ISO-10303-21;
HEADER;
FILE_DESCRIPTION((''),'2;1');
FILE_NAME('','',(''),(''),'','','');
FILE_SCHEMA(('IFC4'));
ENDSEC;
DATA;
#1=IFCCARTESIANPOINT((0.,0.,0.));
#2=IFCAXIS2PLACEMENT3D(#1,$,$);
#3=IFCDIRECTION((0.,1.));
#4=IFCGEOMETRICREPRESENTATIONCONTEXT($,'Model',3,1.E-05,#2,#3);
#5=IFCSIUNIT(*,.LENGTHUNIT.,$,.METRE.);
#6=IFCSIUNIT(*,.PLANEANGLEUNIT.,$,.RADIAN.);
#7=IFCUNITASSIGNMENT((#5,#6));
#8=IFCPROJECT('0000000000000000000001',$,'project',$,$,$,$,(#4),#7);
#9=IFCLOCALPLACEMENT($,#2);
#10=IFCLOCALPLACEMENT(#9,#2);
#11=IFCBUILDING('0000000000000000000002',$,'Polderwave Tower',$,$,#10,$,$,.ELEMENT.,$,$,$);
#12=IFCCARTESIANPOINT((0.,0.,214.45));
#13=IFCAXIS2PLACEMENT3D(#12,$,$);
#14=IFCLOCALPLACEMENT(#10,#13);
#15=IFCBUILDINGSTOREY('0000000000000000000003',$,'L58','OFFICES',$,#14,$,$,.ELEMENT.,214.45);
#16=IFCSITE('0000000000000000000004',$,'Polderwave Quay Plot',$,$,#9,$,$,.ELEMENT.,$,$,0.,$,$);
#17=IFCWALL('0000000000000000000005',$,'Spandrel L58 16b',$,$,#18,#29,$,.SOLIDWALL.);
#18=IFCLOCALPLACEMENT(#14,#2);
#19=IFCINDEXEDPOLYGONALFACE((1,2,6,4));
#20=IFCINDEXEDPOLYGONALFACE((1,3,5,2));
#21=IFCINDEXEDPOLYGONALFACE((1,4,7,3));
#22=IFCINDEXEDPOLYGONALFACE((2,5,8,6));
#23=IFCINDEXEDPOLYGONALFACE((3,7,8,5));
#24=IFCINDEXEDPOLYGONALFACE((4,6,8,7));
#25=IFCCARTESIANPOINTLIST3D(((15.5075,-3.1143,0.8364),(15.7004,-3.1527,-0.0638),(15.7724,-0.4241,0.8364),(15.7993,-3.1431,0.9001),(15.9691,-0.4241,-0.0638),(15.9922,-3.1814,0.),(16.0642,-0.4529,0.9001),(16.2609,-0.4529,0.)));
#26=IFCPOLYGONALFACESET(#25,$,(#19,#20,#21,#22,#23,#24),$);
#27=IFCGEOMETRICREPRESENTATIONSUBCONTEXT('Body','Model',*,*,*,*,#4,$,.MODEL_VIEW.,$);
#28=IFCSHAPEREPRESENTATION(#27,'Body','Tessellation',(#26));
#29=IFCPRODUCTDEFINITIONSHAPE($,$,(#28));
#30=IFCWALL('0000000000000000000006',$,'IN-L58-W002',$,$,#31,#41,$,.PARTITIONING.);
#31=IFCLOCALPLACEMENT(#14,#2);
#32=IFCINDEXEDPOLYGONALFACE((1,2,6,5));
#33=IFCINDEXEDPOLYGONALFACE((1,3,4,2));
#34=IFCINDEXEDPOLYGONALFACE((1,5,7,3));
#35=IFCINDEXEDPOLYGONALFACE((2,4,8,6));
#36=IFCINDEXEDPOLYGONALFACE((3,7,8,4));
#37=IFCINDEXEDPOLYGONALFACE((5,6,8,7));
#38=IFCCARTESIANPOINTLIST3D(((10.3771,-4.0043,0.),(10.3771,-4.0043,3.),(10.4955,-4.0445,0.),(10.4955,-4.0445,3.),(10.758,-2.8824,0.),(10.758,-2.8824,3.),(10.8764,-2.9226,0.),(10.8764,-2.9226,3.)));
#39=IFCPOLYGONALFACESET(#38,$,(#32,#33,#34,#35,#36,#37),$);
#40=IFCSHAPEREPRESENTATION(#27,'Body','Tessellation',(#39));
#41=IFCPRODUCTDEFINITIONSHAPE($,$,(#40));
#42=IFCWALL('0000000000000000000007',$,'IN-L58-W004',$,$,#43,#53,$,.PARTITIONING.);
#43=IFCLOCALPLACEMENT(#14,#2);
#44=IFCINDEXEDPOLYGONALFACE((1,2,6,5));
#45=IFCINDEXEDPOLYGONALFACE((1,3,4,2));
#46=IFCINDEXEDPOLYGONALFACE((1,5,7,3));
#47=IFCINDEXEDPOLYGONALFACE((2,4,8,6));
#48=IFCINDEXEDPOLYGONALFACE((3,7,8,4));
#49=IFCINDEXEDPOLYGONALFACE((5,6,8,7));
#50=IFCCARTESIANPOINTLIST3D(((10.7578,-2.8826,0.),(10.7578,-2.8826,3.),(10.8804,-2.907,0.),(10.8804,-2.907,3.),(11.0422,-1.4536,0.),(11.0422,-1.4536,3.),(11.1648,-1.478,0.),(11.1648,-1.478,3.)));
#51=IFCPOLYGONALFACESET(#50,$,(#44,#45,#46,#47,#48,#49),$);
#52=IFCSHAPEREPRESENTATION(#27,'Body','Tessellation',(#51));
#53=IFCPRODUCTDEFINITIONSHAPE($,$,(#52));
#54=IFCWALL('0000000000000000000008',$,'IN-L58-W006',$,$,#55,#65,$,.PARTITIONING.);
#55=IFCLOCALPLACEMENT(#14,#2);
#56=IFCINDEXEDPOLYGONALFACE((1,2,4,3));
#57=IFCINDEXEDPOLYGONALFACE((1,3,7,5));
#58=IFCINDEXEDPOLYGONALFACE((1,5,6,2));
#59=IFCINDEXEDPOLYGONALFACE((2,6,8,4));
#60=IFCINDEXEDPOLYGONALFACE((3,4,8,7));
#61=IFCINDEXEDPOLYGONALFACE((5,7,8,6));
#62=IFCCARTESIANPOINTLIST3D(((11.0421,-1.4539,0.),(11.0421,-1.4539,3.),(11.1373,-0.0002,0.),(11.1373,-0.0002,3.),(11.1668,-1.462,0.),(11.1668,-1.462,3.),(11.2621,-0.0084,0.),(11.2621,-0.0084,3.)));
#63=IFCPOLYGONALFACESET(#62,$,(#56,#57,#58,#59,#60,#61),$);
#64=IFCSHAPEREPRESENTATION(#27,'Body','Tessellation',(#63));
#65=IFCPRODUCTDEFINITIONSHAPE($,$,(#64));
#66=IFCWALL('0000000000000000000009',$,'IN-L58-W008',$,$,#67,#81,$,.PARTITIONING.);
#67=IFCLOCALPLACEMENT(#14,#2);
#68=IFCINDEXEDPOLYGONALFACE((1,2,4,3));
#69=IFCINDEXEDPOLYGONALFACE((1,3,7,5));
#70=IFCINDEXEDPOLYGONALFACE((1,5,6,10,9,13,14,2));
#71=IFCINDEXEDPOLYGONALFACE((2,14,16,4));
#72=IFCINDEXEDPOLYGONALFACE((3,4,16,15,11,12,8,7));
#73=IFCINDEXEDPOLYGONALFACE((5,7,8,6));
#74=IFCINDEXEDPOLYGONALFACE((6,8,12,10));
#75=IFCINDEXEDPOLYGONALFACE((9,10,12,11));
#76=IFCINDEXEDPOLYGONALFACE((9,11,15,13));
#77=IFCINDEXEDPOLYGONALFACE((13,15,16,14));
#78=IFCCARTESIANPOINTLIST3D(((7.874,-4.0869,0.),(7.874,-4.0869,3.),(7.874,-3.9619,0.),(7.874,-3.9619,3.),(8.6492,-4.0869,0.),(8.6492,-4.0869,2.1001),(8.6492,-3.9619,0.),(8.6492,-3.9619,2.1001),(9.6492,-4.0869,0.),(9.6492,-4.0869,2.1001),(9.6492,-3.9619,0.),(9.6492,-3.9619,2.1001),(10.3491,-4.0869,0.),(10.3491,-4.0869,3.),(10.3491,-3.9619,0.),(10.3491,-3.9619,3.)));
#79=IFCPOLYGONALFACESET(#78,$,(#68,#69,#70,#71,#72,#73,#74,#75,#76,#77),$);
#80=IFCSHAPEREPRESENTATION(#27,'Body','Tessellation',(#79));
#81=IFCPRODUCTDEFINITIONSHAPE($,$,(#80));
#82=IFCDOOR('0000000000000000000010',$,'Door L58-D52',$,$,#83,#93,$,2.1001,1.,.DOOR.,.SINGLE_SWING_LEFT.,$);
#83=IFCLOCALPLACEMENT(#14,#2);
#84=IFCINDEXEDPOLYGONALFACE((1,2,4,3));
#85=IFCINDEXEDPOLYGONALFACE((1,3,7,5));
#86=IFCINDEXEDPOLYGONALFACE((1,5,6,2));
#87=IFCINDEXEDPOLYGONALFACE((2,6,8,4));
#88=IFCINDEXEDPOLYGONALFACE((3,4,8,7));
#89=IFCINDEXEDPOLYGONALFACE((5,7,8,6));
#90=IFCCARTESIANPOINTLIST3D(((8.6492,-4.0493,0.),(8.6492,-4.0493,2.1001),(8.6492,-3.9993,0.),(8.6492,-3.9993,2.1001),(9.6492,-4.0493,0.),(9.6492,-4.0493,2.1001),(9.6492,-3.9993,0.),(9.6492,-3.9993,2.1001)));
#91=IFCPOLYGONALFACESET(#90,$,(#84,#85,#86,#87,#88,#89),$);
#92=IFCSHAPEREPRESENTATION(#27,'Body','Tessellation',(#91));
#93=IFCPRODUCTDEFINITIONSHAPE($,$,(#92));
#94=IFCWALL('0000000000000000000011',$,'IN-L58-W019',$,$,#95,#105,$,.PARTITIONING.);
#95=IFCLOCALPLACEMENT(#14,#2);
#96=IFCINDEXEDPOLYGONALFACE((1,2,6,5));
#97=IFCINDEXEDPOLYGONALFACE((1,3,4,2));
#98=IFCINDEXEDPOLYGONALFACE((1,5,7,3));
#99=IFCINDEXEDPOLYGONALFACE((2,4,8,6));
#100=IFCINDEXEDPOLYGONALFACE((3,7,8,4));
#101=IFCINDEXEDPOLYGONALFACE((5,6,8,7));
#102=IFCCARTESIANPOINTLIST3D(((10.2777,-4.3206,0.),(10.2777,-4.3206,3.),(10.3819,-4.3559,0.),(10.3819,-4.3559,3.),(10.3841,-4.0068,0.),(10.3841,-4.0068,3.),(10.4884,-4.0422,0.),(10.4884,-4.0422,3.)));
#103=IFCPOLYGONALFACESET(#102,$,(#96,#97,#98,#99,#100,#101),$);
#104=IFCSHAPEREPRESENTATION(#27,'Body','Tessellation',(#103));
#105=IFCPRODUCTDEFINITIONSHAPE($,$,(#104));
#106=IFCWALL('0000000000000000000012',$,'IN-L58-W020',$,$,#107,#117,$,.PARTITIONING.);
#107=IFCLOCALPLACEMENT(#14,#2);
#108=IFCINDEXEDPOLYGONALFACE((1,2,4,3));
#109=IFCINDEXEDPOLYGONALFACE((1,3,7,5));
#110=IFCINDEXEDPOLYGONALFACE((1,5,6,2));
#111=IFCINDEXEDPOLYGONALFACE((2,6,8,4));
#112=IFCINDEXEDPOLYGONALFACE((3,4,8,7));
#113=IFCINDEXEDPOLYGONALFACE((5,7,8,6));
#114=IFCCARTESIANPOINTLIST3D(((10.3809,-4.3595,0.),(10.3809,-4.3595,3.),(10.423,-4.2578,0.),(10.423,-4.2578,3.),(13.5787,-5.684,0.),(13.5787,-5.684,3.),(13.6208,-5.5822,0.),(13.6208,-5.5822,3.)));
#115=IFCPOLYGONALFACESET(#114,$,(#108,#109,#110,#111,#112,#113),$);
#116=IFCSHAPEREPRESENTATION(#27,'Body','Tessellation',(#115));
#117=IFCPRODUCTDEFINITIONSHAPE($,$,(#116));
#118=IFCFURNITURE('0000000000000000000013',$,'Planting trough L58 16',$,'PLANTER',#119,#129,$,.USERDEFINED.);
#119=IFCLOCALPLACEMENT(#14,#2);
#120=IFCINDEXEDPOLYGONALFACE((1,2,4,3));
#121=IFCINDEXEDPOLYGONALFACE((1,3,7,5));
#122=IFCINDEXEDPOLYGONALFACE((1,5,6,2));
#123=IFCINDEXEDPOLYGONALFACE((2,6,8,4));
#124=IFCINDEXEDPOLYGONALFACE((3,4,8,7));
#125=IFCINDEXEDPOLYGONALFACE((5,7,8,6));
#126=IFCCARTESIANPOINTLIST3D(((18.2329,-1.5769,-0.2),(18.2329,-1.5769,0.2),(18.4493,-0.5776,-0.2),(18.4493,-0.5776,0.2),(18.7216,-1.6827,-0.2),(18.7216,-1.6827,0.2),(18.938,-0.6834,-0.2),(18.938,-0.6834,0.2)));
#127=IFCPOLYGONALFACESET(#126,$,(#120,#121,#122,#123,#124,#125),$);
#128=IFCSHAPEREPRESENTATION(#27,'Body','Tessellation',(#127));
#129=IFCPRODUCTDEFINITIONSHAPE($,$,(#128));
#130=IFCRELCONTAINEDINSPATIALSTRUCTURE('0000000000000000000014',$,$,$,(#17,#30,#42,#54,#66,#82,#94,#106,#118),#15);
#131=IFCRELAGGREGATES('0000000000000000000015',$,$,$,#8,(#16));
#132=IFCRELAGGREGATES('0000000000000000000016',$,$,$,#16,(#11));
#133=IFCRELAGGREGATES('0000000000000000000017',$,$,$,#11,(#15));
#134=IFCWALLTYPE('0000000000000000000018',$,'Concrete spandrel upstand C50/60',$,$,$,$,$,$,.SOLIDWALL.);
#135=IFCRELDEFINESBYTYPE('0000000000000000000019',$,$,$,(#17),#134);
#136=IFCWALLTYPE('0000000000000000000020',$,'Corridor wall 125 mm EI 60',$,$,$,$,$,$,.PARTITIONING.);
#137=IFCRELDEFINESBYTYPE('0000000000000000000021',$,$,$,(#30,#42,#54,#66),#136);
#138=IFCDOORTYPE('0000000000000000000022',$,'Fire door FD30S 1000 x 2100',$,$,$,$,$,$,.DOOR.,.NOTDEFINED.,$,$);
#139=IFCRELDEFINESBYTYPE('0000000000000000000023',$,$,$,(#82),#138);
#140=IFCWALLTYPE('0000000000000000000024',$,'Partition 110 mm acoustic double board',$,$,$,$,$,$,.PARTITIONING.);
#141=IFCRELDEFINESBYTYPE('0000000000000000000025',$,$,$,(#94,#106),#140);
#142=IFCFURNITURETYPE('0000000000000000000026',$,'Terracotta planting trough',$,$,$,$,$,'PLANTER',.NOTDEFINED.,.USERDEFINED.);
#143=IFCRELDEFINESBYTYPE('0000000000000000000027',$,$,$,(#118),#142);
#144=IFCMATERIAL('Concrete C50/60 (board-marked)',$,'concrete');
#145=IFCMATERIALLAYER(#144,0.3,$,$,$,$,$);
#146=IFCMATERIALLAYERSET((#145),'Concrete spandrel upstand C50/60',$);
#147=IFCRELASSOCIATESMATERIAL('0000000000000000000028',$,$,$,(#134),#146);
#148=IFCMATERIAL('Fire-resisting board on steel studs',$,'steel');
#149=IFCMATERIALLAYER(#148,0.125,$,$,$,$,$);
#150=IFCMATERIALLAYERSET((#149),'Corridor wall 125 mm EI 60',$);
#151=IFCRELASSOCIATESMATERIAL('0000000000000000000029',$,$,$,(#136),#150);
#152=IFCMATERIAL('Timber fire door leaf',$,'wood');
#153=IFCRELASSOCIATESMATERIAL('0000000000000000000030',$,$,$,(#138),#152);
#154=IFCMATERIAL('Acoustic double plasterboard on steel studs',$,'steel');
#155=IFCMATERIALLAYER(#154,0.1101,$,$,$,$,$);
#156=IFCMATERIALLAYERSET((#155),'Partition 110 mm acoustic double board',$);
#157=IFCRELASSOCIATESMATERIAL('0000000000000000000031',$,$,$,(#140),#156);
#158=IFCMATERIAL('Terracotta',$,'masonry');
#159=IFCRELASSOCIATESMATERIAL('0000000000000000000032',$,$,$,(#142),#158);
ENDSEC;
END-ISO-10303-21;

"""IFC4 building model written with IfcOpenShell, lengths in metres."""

from ifc_helpers import new_model, si_unit, direction, frame, frame_2d, origin, origin_2d, place, context, subcontext, project, spatial, polyline, rectangle, outline, extrude, material, layer, layer_set, type_object, element, fill, save


model = new_model("IFC4")

# Units and contexts
model_context = context("Model", 3, precision=1e-05, world=origin(), true_north=direction((0.0, 1.0)))
body_context = subcontext(model_context, "Body", "Model", "MODEL_VIEW")
ifc_project = project(units=[si_unit("LENGTHUNIT", "METRE"), si_unit("PLANEANGLEUNIT", "RADIAN")], contexts=[model_context])

# Site, building, storey
site_placement = place(None, origin())
site = spatial("IfcSite", under=ifc_project, at=site_placement, Name="Polderwave Quay Plot", CompositionType="ELEMENT", RefElevation=0.0)
building_placement = place(site_placement, origin())
building = spatial("IfcBuilding", under=site, at=building_placement, Name="Polderwave Tower", CompositionType="ELEMENT")
storey_placement = place(building_placement, frame((0.0, 0.0, 214.45)))
storey = spatial("IfcBuildingStorey", under=building, at=storey_placement, Name="L58", Description="OFFICES", CompositionType="ELEMENT", Elevation=214.45)

# Walls
ifc_material_1 = material(Name="Concrete C50/60 (board-marked)", Category="concrete")
ifc_layer_1 = layer(ifc_material_1, 0.3)
ifc_layer_set_1 = layer_set([ifc_layer_1], Name="Concrete spandrel upstand C50/60")
wall_type_1 = type_object("IfcWallType", Name="Concrete spandrel upstand C50/60", PredefinedType="SOLIDWALL", material=ifc_layer_set_1)
wall_1_placement = place(storey_placement, frame((15.9922, -3.1814, 0.0), z_axis=(0.972453, -0.095778, 0.212513), x_axis=(0.098017, 0.995185, -0.000005)))
element("IfcWall", 1, at=wall_1_placement, inside=storey, type_object=wall_type_1, Name="Spandrel L58 16b", PredefinedType="SOLIDWALL", context=body_context, shape_type="SweptSolid", body=[
    extrude(outline(polyline([(0.0, 0.0), (2.7417, 0.0), (2.7224, 0.9212), (0.0192, 0.9212), (0.0, 0.0)])), origin(), (0.0, 0.0, -1.0), 0.3),
])
ifc_material_2 = material(Name="Fire-resisting board on steel studs", Category="steel")
ifc_layer_2 = layer(ifc_material_2, 0.125)
ifc_layer_set_2 = layer_set([ifc_layer_2], Name="Corridor wall 125 mm EI 60")
wall_type_2 = type_object("IfcWallType", Name="Corridor wall 125 mm EI 60", PredefinedType="PARTITIONING", material=ifc_layer_set_2)
wall_2_placement = place(storey_placement, frame((10.8171, -2.9026, 0.0), z_axis=(0.0, 0.0, 1.0), x_axis=(-0.321478, -0.946917, 0.0)))
element("IfcWall", 2, at=wall_2_placement, inside=storey, type_object=wall_type_2, Name="IN-L58-W002", PredefinedType="PARTITIONING", context=body_context, shape_type="SweptSolid", body=[
    extrude(rectangle(XDim=1.1848, YDim=0.125, at=frame_2d((0.5923, 0.0))), origin(), (0.0, 0.0, 1.0), 3.0),
])
wall_3_placement = place(storey_placement, frame((11.1035, -1.4658, 0.0), z_axis=(0.0, 0.0, 1.0), x_axis=(-0.195214, -0.980761, 0.0)))
element("IfcWall", 3, at=wall_3_placement, inside=storey, type_object=wall_type_2, Name="IN-L58-W004", PredefinedType="PARTITIONING", context=body_context, shape_type="SweptSolid", body=[
    extrude(rectangle(XDim=1.457, YDim=0.125, at=frame_2d((0.7285, 0.0))), origin(), (0.0, 0.0, 1.0), 3.0),
])
wall_4_placement = place(storey_placement, frame((11.1997, -0.0042, 0.0), z_axis=(0.0, 0.0, 1.0), x_axis=(-0.065362, -0.997862, 0.0)))
element("IfcWall", 4, at=wall_4_placement, inside=storey, type_object=wall_type_2, Name="IN-L58-W006", PredefinedType="PARTITIONING", context=body_context, shape_type="SweptSolid", body=[
    extrude(rectangle(XDim=1.4568, YDim=0.125, at=frame_2d((0.7285, 0.0))), origin(), (0.0, 0.0, 1.0), 3.0),
])

# Wall, opening, door
wall_5_placement = place(storey_placement, frame((10.3491, -4.0244, 0.0), z_axis=(0.0, 0.0, 1.0), x_axis=(-1.0, 0.0, 0.0)))
wall_5 = element("IfcWall", 5, at=wall_5_placement, inside=storey, type_object=wall_type_2, Name="IN-L58-W008", PredefinedType="PARTITIONING", context=body_context, shape_type="SweptSolid", body=[
    extrude(rectangle(XDim=2.4751, YDim=0.125, at=frame_2d((1.2375, 0.0))), origin(), (0.0, 0.0, 1.0), 3.0),
])
opening_placement = place(wall_5_placement, frame((0.7, 0.0, 0.0)))
opening = element("IfcOpeningElement", 6, at=opening_placement, cuts=wall_5, PredefinedType="OPENING", context=body_context, shape_type="SweptSolid", body=[
    extrude(rectangle(XDim=1.0, YDim=2.1001, at=frame_2d((0.5, 1.05))), frame((0.0, 0.0725, 0.0), z_axis=(0.0, -1.0, 0.0), x_axis=(1.0, 0.0, 0.0)), (0.0, 0.0, 1.0), 0.145),
])
ifc_material_3 = material(Name="Timber fire door leaf", Category="wood")
door_type = type_object("IfcDoorType", Name="Fire door FD30S 1000 x 2100", OperationType="NOTDEFINED", PredefinedType="DOOR", material=ifc_material_3)
door_placement = place(opening_placement, origin())
door = element("IfcDoor", 7, at=door_placement, inside=storey, type_object=door_type, Name="Door L58-D52", OperationType="SINGLE_SWING_LEFT", OverallHeight=2.1001, OverallWidth=1.0, PredefinedType="DOOR", context=body_context, shape_type="SweptSolid", body=[
    extrude(rectangle(XDim=1.0, YDim=2.1001, at=frame_2d((0.5, 1.05))), frame((0.0, 0.0249, 0.0), z_axis=(0.0, -1.0, 0.0), x_axis=(1.0, 0.0, 0.0)), (0.0, 0.0, 1.0), 0.05),
])
fill(opening, door)

# Walls
ifc_material_4 = material(Name="Acoustic double plasterboard on steel studs", Category="steel")
ifc_layer_3 = layer(ifc_material_4, 0.1101)
ifc_layer_set_3 = layer_set([ifc_layer_3], Name="Partition 110 mm acoustic double board")
wall_type_3 = type_object("IfcWallType", Name="Partition 110 mm acoustic double board", PredefinedType="PARTITIONING", material=ifc_layer_set_3)
wall_6_placement = place(storey_placement, frame((10.3298, -4.3381, 0.0), z_axis=(0.0, 0.0, 1.0), x_axis=(0.321308, 0.946975, 0.0)))
element("IfcWall", 8, at=wall_6_placement, inside=storey, type_object=wall_type_3, Name="IN-L58-W019", PredefinedType="PARTITIONING", context=body_context, shape_type="SweptSolid", body=[
    extrude(rectangle(XDim=0.3313, YDim=0.1101, at=frame_2d((0.1655, 0.0))), origin(), (0.0, 0.0, 1.0), 3.0),
])
wall_7_placement = place(storey_placement, frame((13.5996, -5.6331, 0.0), z_axis=(0.0, 0.0, 1.0), x_axis=(-0.923889, 0.382661, 0.0)))
element("IfcWall", 9, at=wall_7_placement, inside=storey, type_object=wall_type_3, Name="IN-L58-W020", PredefinedType="PARTITIONING", context=body_context, shape_type="SweptSolid", body=[
    extrude(rectangle(XDim=3.4612, YDim=0.1101, at=frame_2d((1.7305, 0.0))), origin(), (0.0, 0.0, 1.0), 3.0),
])

# Furniture
ifc_material_5 = material(Name="Terracotta", Category="masonry")
furniture_type = type_object("IfcFurnitureType", Name="Terracotta planting trough", ElementType="PLANTER", AssemblyPlace="NOTDEFINED", PredefinedType="USERDEFINED", material=ifc_material_5)
furniture_placement = place(storey_placement, frame((18.5854, -1.1301, -0.2), z_axis=(0.0, 0.0, 1.0), x_axis=(0.21168, 0.977339, 0.0)))
element("IfcFurniture", 10, at=furniture_placement, inside=storey, type_object=furniture_type, Name="Planting trough L58 16", ObjectType="PLANTER", PredefinedType="USERDEFINED", context=body_context, shape_type="SweptSolid", body=[
    extrude(rectangle(XDim=1.0225, YDim=0.5, at=origin_2d()), origin(), (0.0, 0.0, 1.0), 0.3999),
])

save(model, "model.ifc")
